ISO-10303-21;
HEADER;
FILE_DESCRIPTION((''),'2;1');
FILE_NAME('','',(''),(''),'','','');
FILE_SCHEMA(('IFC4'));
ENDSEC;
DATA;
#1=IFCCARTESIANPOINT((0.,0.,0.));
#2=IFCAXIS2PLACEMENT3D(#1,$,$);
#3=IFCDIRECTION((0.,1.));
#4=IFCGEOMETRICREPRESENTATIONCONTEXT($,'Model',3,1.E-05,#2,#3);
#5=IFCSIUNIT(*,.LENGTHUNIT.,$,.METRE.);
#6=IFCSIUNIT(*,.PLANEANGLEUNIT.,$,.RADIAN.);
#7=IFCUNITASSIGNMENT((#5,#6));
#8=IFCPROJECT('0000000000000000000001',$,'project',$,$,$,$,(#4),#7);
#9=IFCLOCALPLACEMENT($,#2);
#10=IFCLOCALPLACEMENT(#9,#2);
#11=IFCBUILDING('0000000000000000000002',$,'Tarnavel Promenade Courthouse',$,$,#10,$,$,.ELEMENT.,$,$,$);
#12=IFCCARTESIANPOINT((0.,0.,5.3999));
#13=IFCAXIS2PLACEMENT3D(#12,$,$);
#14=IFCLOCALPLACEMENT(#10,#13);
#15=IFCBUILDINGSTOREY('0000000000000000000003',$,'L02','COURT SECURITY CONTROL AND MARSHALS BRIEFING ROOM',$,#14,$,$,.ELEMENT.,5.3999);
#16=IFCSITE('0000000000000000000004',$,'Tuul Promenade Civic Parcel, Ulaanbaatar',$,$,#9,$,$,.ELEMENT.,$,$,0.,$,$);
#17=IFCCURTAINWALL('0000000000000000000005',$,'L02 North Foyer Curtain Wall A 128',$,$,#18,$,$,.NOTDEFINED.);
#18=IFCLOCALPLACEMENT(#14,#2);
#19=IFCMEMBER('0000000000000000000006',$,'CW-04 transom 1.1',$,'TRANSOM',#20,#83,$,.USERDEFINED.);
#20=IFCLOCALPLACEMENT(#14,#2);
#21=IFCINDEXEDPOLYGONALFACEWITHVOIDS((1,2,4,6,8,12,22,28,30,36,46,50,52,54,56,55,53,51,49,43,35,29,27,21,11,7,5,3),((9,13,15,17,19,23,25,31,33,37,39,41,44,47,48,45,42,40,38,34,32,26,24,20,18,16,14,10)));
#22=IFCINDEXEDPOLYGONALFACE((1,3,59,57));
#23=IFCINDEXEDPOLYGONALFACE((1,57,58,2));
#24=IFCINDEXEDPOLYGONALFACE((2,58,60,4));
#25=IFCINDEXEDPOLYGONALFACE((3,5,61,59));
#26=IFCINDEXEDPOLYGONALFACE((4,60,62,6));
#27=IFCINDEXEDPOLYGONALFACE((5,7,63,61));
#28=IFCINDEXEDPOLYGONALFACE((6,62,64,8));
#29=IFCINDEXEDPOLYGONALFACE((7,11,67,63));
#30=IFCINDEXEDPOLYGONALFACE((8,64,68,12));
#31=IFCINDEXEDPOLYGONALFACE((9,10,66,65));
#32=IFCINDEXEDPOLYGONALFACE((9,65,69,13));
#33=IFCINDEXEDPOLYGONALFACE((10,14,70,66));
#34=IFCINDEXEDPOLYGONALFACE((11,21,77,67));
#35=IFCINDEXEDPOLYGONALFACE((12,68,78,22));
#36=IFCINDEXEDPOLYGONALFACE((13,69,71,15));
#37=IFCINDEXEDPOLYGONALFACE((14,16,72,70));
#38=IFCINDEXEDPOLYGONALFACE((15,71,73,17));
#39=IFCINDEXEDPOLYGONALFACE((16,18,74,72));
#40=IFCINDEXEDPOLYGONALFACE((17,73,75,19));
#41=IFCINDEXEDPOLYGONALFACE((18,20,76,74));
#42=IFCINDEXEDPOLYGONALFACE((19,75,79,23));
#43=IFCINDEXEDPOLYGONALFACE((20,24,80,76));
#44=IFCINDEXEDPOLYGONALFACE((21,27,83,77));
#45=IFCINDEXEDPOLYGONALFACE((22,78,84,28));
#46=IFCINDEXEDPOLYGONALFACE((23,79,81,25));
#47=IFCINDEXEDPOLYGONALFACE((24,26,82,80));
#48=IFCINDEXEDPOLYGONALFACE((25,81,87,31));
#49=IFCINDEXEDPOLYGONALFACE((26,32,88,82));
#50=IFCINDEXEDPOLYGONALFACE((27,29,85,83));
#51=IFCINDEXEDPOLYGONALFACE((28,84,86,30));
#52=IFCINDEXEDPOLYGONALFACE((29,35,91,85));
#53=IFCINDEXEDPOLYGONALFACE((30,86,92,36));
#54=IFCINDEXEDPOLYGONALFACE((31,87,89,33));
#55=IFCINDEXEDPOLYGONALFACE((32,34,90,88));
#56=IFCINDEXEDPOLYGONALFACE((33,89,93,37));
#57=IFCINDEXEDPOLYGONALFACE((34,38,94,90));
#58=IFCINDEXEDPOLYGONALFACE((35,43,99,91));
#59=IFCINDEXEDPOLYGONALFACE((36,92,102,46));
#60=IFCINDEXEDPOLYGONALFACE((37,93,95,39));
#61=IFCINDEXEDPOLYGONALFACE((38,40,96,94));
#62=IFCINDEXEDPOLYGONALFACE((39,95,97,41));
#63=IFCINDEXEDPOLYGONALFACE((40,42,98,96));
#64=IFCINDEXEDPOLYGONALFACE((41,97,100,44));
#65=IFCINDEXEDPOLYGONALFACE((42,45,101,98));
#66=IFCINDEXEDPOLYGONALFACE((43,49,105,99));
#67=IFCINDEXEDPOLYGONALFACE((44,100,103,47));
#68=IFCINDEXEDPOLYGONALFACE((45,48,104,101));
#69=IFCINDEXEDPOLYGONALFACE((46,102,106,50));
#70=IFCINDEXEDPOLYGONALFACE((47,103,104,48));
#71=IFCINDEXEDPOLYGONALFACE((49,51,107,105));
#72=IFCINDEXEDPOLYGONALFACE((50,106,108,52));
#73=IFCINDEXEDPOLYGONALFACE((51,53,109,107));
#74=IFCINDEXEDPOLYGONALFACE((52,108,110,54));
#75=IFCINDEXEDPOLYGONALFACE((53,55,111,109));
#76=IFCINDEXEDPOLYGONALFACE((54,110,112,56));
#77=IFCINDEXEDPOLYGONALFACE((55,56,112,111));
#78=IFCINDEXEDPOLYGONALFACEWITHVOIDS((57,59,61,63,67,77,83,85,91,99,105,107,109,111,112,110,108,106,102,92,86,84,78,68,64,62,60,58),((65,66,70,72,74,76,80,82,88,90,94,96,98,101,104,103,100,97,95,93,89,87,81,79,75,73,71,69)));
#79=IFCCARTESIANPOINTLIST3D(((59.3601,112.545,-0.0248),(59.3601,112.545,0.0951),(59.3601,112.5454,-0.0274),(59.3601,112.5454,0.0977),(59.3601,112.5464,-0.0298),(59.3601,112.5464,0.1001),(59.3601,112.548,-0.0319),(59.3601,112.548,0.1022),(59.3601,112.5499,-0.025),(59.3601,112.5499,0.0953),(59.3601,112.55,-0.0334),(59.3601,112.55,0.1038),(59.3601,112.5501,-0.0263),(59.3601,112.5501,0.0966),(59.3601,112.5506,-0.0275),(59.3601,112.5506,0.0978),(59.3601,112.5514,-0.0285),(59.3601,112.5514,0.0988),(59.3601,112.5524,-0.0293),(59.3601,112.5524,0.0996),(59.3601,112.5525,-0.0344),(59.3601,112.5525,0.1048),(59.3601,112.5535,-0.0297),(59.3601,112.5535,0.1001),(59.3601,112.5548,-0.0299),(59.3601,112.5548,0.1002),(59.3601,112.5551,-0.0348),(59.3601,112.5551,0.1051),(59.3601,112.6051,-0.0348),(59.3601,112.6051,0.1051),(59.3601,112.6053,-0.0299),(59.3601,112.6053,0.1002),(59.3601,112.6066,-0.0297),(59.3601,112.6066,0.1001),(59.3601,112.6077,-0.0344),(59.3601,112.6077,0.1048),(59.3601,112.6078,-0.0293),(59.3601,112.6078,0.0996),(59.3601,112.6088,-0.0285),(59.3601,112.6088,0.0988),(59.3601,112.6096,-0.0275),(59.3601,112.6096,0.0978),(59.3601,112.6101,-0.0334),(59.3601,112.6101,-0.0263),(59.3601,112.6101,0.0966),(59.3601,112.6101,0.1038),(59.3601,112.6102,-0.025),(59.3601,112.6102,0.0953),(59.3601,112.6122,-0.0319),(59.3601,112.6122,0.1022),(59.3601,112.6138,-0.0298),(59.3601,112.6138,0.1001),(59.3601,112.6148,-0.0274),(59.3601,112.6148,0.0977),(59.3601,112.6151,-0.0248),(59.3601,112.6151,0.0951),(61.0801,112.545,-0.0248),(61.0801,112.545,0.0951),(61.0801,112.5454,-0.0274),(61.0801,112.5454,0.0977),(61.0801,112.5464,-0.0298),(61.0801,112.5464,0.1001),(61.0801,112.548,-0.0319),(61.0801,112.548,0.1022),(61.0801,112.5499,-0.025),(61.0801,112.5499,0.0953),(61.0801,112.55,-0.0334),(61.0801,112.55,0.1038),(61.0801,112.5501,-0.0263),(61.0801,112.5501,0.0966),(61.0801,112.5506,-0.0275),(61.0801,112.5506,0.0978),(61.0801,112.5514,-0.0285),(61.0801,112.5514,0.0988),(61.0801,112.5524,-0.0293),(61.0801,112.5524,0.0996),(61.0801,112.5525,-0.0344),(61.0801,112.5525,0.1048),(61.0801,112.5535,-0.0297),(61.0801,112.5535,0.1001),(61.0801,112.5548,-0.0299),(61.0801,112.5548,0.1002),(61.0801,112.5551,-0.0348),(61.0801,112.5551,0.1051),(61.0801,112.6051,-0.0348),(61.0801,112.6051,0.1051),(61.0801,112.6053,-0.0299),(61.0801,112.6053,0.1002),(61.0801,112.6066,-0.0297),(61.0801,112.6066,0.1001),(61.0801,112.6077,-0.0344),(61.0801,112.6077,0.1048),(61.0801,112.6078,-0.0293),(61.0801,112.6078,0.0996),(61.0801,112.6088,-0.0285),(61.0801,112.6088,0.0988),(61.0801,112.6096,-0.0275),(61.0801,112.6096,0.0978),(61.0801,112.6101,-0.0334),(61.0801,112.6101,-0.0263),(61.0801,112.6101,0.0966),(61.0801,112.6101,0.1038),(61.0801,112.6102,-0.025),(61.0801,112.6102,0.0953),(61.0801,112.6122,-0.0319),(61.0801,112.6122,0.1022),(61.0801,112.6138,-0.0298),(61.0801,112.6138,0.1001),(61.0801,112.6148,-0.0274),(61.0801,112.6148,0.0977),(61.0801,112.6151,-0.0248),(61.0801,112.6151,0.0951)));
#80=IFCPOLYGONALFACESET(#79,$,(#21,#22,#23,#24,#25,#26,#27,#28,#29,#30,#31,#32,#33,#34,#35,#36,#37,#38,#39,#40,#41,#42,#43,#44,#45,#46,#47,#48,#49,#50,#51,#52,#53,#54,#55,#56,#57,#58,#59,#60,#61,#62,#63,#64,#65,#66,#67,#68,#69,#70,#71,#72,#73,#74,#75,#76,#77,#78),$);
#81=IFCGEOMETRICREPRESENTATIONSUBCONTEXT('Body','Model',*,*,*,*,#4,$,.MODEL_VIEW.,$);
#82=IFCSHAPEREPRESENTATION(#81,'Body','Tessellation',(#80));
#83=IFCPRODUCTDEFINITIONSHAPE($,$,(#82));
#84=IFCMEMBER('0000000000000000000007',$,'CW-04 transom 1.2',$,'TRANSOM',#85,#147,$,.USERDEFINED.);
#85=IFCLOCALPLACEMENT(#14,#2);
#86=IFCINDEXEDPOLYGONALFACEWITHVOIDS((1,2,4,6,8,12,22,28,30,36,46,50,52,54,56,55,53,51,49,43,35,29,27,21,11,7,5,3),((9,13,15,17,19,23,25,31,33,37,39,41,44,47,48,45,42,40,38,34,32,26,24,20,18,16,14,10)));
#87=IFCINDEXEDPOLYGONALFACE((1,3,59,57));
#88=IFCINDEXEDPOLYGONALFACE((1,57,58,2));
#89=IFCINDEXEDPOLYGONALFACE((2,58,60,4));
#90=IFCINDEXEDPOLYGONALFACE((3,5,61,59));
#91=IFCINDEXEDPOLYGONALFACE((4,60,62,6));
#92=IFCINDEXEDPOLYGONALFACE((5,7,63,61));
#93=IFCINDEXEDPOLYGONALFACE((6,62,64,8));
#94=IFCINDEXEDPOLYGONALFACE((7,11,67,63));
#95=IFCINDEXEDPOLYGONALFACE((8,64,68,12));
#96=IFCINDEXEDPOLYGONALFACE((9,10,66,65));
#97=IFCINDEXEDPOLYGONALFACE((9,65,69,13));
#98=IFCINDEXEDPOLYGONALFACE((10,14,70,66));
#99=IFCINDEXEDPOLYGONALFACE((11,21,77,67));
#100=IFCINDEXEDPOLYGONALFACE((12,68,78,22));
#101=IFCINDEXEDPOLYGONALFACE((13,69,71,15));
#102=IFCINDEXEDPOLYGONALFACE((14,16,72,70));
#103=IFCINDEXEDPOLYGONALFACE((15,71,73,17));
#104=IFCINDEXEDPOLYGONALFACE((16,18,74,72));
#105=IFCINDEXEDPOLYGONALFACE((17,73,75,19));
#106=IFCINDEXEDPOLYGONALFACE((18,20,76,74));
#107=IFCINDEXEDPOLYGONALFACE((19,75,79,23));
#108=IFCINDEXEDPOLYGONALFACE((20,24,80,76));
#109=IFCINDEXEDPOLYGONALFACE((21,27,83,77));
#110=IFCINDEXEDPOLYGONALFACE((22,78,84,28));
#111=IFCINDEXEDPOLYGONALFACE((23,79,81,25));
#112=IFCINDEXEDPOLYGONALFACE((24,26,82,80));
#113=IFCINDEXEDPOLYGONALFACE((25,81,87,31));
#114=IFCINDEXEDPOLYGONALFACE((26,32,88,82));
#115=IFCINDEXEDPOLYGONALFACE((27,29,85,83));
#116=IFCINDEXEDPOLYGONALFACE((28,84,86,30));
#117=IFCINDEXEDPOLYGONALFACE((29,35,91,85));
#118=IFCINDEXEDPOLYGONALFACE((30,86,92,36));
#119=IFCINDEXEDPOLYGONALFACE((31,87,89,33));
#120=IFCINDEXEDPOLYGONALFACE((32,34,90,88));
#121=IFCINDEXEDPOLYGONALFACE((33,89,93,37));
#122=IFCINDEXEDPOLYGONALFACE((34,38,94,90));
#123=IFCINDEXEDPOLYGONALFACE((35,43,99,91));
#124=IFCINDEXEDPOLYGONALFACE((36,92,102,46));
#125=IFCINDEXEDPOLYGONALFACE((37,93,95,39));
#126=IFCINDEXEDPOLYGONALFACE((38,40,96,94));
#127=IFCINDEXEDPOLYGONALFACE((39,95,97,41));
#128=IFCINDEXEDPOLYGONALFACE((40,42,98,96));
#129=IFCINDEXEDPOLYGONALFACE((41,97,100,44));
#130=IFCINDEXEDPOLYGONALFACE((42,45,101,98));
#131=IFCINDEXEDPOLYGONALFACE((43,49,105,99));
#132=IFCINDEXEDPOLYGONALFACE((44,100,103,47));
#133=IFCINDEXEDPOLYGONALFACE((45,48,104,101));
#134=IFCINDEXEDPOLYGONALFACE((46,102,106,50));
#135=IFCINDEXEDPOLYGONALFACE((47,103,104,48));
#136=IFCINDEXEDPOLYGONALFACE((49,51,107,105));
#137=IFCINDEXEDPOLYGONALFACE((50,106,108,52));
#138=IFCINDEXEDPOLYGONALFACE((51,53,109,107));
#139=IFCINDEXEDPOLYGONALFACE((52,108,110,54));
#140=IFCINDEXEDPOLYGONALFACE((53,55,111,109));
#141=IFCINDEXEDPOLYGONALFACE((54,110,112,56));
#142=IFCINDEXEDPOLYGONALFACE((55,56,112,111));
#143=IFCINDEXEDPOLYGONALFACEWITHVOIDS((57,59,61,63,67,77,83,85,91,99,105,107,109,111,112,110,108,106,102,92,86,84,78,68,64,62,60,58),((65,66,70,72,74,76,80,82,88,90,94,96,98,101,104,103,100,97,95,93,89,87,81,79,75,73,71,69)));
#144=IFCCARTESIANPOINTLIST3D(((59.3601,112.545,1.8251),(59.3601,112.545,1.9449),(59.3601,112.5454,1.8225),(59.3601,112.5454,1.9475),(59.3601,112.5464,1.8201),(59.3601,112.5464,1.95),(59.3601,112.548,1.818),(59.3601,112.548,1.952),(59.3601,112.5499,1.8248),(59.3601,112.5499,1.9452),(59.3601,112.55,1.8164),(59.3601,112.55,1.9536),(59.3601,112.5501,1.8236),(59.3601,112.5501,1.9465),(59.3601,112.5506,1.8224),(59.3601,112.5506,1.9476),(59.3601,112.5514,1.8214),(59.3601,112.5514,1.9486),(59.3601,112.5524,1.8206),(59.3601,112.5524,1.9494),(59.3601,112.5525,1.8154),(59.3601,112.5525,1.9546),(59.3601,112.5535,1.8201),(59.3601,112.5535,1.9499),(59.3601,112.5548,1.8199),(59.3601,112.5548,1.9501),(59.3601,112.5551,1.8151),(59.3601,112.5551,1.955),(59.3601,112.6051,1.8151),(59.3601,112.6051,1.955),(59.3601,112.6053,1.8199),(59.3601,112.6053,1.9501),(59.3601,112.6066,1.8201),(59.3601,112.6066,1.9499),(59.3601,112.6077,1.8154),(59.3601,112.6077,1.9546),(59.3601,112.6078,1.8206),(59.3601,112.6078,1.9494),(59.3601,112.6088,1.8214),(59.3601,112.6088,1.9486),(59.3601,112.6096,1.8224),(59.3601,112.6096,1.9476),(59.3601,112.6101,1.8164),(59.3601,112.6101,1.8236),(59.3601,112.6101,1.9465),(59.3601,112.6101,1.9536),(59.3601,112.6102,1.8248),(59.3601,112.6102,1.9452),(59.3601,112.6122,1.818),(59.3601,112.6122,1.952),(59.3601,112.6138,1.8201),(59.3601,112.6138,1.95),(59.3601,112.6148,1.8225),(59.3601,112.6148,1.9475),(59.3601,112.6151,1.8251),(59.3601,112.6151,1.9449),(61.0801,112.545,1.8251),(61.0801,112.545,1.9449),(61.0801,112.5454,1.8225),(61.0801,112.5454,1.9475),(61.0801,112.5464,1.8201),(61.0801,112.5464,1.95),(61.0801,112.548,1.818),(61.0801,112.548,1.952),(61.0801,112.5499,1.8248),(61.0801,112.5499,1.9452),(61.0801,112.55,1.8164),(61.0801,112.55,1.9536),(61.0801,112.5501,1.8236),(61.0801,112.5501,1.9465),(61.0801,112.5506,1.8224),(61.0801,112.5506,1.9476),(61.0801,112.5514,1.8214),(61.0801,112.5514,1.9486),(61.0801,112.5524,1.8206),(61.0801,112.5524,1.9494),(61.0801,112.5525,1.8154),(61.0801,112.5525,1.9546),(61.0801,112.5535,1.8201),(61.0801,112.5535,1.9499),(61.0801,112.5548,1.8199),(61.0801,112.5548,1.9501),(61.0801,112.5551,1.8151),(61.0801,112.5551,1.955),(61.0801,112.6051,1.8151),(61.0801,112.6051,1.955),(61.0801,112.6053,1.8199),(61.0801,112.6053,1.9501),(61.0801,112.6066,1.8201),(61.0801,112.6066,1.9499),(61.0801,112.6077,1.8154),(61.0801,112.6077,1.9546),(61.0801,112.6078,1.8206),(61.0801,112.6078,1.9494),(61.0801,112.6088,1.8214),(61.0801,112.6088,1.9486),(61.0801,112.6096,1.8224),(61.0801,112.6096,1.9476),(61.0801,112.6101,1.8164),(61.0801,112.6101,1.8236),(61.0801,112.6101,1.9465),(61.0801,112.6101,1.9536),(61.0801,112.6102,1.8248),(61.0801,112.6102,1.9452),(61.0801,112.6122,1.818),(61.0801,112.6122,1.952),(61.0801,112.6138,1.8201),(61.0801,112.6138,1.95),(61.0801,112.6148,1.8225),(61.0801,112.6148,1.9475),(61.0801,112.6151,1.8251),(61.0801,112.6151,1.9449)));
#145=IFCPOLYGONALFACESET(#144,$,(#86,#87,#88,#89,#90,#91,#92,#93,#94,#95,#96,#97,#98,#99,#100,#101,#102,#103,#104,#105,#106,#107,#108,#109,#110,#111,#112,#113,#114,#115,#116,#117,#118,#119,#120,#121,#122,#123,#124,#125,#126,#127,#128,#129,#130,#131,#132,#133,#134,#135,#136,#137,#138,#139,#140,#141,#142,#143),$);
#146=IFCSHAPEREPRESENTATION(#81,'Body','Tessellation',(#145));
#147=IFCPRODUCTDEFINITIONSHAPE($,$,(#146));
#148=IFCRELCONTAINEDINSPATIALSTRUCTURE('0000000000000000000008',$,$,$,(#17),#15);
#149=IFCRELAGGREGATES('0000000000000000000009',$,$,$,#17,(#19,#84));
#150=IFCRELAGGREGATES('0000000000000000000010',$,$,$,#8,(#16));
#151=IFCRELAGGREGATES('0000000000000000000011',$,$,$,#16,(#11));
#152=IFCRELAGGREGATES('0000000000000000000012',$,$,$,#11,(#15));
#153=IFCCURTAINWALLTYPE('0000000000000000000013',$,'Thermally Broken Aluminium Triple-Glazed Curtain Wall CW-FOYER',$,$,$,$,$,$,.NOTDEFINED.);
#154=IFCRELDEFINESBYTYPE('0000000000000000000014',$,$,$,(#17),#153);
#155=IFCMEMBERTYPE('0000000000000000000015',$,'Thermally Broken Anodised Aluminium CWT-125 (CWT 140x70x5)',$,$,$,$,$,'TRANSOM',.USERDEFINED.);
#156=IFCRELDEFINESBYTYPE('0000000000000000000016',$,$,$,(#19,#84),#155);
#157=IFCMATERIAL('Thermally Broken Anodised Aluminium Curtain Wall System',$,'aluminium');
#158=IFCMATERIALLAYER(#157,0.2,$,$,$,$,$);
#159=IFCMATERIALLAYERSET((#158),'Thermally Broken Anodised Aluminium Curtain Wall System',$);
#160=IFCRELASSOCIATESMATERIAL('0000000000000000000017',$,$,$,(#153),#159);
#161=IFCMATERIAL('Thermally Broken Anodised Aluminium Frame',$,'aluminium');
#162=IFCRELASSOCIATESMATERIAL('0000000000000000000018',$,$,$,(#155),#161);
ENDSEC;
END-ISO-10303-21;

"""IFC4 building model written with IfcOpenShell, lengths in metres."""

from ifc_helpers import new_model, si_unit, direction, frame, origin, origin_2d, place, context, subcontext, project, spatial, hollow_rectangle, extrude, material, layer, layer_set, material_profile, profile_set, type_object, element, aggregate, save


model = new_model("IFC4")

# Units and contexts
model_context = context("Model", 3, precision=1e-05, world=origin(), true_north=direction((0.0, 1.0)))
body_context = subcontext(model_context, "Body", "Model", "MODEL_VIEW")
ifc_project = project(units=[si_unit("LENGTHUNIT", "METRE"), si_unit("PLANEANGLEUNIT", "RADIAN")], contexts=[model_context])

# Site, building, storey
site_placement = place(None, origin())
site = spatial("IfcSite", under=ifc_project, at=site_placement, Name="Tuul Promenade Civic Parcel, Ulaanbaatar", CompositionType="ELEMENT", RefElevation=0.0)
building_placement = place(site_placement, origin())
building = spatial("IfcBuilding", under=site, at=building_placement, Name="Tarnavel Promenade Courthouse", CompositionType="ELEMENT")
storey_placement = place(building_placement, frame((0.0, 0.0, 5.3999)))
storey = spatial("IfcBuildingStorey", under=building, at=storey_placement, Name="L02", Description="COURT SECURITY CONTROL AND MARSHALS BRIEFING ROOM", CompositionType="ELEMENT", Elevation=5.3999)

# Curtain wall
ifc_material_1 = material(Name="Thermally Broken Anodised Aluminium Curtain Wall System", Category="aluminium")
ifc_layer_1 = layer(ifc_material_1, 0.2)
ifc_layer_set_1 = layer_set([ifc_layer_1], Name="Thermally Broken Anodised Aluminium Curtain Wall System")
curtain_wall_type = type_object("IfcCurtainWallType", Name="Thermally Broken Aluminium Triple-Glazed Curtain Wall CW-FOYER", PredefinedType="NOTDEFINED", material=ifc_layer_set_1)
curtain_wall_1_placement = place(storey_placement, origin())
curtain_wall_1 = element("IfcCurtainWall", 1, at=curtain_wall_1_placement, inside=storey, type_object=curtain_wall_type, Name="L02 North Foyer Curtain Wall A 128", PredefinedType="NOTDEFINED")
ifc_material_2 = material(Name="Thermally Broken Anodised Aluminium Frame", Category="aluminium")

# Members
ifc_material_profile_1 = material_profile(ifc_material_2, hollow_rectangle(XDim=0.0701, YDim=0.1399, WallThickness=0.0049, InnerFilletRadius=0.0049, OuterFilletRadius=0.01, at=origin_2d()), Name="CWT 140x70x5")
ifc_profile_set_1 = profile_set([ifc_material_profile_1], Name="Thermally Broken Anodised Aluminium Frame")
member_type_1 = type_object("IfcMemberType", Name="Thermally Broken Anodised Aluminium CWT-125 (CWT 140x70x5)", ElementType="TRANSOM", PredefinedType="USERDEFINED", material=ifc_profile_set_1)
member_1_placement = place(storey_placement, frame((59.3601, 112.5801, 0.0352), z_axis=(1.0, 0.0, 0.0), x_axis=(0.0, 1.0, 0.0)))
member_1 = element("IfcMember", 2, at=member_1_placement, type_object=member_type_1, Name="CW-04 transom 1.1", ObjectType="TRANSOM", PredefinedType="USERDEFINED", context=body_context, shape_type="SweptSolid", body=[
    extrude(hollow_rectangle(XDim=0.0701, YDim=0.1399, WallThickness=0.0049, InnerFilletRadius=0.0049, OuterFilletRadius=0.01, at=origin_2d()), origin(), (0.0, 0.0, 1.0), 1.72),
])
member_2_placement = place(storey_placement, frame((59.3601, 112.5801, 1.885), z_axis=(1.0, 0.0, 0.0), x_axis=(0.0, 1.0, 0.0)))
member_2 = element("IfcMember", 3, at=member_2_placement, type_object=member_type_1, Name="CW-04 transom 1.2", ObjectType="TRANSOM", PredefinedType="USERDEFINED", context=body_context, shape_type="SweptSolid", body=[
    extrude(hollow_rectangle(XDim=0.0701, YDim=0.1399, WallThickness=0.0049, InnerFilletRadius=0.0049, OuterFilletRadius=0.01, at=origin_2d()), origin(), (0.0, 0.0, 1.0), 1.72),
])

aggregate(curtain_wall_1, [member_1, member_2])

save(model, "model.ifc")
